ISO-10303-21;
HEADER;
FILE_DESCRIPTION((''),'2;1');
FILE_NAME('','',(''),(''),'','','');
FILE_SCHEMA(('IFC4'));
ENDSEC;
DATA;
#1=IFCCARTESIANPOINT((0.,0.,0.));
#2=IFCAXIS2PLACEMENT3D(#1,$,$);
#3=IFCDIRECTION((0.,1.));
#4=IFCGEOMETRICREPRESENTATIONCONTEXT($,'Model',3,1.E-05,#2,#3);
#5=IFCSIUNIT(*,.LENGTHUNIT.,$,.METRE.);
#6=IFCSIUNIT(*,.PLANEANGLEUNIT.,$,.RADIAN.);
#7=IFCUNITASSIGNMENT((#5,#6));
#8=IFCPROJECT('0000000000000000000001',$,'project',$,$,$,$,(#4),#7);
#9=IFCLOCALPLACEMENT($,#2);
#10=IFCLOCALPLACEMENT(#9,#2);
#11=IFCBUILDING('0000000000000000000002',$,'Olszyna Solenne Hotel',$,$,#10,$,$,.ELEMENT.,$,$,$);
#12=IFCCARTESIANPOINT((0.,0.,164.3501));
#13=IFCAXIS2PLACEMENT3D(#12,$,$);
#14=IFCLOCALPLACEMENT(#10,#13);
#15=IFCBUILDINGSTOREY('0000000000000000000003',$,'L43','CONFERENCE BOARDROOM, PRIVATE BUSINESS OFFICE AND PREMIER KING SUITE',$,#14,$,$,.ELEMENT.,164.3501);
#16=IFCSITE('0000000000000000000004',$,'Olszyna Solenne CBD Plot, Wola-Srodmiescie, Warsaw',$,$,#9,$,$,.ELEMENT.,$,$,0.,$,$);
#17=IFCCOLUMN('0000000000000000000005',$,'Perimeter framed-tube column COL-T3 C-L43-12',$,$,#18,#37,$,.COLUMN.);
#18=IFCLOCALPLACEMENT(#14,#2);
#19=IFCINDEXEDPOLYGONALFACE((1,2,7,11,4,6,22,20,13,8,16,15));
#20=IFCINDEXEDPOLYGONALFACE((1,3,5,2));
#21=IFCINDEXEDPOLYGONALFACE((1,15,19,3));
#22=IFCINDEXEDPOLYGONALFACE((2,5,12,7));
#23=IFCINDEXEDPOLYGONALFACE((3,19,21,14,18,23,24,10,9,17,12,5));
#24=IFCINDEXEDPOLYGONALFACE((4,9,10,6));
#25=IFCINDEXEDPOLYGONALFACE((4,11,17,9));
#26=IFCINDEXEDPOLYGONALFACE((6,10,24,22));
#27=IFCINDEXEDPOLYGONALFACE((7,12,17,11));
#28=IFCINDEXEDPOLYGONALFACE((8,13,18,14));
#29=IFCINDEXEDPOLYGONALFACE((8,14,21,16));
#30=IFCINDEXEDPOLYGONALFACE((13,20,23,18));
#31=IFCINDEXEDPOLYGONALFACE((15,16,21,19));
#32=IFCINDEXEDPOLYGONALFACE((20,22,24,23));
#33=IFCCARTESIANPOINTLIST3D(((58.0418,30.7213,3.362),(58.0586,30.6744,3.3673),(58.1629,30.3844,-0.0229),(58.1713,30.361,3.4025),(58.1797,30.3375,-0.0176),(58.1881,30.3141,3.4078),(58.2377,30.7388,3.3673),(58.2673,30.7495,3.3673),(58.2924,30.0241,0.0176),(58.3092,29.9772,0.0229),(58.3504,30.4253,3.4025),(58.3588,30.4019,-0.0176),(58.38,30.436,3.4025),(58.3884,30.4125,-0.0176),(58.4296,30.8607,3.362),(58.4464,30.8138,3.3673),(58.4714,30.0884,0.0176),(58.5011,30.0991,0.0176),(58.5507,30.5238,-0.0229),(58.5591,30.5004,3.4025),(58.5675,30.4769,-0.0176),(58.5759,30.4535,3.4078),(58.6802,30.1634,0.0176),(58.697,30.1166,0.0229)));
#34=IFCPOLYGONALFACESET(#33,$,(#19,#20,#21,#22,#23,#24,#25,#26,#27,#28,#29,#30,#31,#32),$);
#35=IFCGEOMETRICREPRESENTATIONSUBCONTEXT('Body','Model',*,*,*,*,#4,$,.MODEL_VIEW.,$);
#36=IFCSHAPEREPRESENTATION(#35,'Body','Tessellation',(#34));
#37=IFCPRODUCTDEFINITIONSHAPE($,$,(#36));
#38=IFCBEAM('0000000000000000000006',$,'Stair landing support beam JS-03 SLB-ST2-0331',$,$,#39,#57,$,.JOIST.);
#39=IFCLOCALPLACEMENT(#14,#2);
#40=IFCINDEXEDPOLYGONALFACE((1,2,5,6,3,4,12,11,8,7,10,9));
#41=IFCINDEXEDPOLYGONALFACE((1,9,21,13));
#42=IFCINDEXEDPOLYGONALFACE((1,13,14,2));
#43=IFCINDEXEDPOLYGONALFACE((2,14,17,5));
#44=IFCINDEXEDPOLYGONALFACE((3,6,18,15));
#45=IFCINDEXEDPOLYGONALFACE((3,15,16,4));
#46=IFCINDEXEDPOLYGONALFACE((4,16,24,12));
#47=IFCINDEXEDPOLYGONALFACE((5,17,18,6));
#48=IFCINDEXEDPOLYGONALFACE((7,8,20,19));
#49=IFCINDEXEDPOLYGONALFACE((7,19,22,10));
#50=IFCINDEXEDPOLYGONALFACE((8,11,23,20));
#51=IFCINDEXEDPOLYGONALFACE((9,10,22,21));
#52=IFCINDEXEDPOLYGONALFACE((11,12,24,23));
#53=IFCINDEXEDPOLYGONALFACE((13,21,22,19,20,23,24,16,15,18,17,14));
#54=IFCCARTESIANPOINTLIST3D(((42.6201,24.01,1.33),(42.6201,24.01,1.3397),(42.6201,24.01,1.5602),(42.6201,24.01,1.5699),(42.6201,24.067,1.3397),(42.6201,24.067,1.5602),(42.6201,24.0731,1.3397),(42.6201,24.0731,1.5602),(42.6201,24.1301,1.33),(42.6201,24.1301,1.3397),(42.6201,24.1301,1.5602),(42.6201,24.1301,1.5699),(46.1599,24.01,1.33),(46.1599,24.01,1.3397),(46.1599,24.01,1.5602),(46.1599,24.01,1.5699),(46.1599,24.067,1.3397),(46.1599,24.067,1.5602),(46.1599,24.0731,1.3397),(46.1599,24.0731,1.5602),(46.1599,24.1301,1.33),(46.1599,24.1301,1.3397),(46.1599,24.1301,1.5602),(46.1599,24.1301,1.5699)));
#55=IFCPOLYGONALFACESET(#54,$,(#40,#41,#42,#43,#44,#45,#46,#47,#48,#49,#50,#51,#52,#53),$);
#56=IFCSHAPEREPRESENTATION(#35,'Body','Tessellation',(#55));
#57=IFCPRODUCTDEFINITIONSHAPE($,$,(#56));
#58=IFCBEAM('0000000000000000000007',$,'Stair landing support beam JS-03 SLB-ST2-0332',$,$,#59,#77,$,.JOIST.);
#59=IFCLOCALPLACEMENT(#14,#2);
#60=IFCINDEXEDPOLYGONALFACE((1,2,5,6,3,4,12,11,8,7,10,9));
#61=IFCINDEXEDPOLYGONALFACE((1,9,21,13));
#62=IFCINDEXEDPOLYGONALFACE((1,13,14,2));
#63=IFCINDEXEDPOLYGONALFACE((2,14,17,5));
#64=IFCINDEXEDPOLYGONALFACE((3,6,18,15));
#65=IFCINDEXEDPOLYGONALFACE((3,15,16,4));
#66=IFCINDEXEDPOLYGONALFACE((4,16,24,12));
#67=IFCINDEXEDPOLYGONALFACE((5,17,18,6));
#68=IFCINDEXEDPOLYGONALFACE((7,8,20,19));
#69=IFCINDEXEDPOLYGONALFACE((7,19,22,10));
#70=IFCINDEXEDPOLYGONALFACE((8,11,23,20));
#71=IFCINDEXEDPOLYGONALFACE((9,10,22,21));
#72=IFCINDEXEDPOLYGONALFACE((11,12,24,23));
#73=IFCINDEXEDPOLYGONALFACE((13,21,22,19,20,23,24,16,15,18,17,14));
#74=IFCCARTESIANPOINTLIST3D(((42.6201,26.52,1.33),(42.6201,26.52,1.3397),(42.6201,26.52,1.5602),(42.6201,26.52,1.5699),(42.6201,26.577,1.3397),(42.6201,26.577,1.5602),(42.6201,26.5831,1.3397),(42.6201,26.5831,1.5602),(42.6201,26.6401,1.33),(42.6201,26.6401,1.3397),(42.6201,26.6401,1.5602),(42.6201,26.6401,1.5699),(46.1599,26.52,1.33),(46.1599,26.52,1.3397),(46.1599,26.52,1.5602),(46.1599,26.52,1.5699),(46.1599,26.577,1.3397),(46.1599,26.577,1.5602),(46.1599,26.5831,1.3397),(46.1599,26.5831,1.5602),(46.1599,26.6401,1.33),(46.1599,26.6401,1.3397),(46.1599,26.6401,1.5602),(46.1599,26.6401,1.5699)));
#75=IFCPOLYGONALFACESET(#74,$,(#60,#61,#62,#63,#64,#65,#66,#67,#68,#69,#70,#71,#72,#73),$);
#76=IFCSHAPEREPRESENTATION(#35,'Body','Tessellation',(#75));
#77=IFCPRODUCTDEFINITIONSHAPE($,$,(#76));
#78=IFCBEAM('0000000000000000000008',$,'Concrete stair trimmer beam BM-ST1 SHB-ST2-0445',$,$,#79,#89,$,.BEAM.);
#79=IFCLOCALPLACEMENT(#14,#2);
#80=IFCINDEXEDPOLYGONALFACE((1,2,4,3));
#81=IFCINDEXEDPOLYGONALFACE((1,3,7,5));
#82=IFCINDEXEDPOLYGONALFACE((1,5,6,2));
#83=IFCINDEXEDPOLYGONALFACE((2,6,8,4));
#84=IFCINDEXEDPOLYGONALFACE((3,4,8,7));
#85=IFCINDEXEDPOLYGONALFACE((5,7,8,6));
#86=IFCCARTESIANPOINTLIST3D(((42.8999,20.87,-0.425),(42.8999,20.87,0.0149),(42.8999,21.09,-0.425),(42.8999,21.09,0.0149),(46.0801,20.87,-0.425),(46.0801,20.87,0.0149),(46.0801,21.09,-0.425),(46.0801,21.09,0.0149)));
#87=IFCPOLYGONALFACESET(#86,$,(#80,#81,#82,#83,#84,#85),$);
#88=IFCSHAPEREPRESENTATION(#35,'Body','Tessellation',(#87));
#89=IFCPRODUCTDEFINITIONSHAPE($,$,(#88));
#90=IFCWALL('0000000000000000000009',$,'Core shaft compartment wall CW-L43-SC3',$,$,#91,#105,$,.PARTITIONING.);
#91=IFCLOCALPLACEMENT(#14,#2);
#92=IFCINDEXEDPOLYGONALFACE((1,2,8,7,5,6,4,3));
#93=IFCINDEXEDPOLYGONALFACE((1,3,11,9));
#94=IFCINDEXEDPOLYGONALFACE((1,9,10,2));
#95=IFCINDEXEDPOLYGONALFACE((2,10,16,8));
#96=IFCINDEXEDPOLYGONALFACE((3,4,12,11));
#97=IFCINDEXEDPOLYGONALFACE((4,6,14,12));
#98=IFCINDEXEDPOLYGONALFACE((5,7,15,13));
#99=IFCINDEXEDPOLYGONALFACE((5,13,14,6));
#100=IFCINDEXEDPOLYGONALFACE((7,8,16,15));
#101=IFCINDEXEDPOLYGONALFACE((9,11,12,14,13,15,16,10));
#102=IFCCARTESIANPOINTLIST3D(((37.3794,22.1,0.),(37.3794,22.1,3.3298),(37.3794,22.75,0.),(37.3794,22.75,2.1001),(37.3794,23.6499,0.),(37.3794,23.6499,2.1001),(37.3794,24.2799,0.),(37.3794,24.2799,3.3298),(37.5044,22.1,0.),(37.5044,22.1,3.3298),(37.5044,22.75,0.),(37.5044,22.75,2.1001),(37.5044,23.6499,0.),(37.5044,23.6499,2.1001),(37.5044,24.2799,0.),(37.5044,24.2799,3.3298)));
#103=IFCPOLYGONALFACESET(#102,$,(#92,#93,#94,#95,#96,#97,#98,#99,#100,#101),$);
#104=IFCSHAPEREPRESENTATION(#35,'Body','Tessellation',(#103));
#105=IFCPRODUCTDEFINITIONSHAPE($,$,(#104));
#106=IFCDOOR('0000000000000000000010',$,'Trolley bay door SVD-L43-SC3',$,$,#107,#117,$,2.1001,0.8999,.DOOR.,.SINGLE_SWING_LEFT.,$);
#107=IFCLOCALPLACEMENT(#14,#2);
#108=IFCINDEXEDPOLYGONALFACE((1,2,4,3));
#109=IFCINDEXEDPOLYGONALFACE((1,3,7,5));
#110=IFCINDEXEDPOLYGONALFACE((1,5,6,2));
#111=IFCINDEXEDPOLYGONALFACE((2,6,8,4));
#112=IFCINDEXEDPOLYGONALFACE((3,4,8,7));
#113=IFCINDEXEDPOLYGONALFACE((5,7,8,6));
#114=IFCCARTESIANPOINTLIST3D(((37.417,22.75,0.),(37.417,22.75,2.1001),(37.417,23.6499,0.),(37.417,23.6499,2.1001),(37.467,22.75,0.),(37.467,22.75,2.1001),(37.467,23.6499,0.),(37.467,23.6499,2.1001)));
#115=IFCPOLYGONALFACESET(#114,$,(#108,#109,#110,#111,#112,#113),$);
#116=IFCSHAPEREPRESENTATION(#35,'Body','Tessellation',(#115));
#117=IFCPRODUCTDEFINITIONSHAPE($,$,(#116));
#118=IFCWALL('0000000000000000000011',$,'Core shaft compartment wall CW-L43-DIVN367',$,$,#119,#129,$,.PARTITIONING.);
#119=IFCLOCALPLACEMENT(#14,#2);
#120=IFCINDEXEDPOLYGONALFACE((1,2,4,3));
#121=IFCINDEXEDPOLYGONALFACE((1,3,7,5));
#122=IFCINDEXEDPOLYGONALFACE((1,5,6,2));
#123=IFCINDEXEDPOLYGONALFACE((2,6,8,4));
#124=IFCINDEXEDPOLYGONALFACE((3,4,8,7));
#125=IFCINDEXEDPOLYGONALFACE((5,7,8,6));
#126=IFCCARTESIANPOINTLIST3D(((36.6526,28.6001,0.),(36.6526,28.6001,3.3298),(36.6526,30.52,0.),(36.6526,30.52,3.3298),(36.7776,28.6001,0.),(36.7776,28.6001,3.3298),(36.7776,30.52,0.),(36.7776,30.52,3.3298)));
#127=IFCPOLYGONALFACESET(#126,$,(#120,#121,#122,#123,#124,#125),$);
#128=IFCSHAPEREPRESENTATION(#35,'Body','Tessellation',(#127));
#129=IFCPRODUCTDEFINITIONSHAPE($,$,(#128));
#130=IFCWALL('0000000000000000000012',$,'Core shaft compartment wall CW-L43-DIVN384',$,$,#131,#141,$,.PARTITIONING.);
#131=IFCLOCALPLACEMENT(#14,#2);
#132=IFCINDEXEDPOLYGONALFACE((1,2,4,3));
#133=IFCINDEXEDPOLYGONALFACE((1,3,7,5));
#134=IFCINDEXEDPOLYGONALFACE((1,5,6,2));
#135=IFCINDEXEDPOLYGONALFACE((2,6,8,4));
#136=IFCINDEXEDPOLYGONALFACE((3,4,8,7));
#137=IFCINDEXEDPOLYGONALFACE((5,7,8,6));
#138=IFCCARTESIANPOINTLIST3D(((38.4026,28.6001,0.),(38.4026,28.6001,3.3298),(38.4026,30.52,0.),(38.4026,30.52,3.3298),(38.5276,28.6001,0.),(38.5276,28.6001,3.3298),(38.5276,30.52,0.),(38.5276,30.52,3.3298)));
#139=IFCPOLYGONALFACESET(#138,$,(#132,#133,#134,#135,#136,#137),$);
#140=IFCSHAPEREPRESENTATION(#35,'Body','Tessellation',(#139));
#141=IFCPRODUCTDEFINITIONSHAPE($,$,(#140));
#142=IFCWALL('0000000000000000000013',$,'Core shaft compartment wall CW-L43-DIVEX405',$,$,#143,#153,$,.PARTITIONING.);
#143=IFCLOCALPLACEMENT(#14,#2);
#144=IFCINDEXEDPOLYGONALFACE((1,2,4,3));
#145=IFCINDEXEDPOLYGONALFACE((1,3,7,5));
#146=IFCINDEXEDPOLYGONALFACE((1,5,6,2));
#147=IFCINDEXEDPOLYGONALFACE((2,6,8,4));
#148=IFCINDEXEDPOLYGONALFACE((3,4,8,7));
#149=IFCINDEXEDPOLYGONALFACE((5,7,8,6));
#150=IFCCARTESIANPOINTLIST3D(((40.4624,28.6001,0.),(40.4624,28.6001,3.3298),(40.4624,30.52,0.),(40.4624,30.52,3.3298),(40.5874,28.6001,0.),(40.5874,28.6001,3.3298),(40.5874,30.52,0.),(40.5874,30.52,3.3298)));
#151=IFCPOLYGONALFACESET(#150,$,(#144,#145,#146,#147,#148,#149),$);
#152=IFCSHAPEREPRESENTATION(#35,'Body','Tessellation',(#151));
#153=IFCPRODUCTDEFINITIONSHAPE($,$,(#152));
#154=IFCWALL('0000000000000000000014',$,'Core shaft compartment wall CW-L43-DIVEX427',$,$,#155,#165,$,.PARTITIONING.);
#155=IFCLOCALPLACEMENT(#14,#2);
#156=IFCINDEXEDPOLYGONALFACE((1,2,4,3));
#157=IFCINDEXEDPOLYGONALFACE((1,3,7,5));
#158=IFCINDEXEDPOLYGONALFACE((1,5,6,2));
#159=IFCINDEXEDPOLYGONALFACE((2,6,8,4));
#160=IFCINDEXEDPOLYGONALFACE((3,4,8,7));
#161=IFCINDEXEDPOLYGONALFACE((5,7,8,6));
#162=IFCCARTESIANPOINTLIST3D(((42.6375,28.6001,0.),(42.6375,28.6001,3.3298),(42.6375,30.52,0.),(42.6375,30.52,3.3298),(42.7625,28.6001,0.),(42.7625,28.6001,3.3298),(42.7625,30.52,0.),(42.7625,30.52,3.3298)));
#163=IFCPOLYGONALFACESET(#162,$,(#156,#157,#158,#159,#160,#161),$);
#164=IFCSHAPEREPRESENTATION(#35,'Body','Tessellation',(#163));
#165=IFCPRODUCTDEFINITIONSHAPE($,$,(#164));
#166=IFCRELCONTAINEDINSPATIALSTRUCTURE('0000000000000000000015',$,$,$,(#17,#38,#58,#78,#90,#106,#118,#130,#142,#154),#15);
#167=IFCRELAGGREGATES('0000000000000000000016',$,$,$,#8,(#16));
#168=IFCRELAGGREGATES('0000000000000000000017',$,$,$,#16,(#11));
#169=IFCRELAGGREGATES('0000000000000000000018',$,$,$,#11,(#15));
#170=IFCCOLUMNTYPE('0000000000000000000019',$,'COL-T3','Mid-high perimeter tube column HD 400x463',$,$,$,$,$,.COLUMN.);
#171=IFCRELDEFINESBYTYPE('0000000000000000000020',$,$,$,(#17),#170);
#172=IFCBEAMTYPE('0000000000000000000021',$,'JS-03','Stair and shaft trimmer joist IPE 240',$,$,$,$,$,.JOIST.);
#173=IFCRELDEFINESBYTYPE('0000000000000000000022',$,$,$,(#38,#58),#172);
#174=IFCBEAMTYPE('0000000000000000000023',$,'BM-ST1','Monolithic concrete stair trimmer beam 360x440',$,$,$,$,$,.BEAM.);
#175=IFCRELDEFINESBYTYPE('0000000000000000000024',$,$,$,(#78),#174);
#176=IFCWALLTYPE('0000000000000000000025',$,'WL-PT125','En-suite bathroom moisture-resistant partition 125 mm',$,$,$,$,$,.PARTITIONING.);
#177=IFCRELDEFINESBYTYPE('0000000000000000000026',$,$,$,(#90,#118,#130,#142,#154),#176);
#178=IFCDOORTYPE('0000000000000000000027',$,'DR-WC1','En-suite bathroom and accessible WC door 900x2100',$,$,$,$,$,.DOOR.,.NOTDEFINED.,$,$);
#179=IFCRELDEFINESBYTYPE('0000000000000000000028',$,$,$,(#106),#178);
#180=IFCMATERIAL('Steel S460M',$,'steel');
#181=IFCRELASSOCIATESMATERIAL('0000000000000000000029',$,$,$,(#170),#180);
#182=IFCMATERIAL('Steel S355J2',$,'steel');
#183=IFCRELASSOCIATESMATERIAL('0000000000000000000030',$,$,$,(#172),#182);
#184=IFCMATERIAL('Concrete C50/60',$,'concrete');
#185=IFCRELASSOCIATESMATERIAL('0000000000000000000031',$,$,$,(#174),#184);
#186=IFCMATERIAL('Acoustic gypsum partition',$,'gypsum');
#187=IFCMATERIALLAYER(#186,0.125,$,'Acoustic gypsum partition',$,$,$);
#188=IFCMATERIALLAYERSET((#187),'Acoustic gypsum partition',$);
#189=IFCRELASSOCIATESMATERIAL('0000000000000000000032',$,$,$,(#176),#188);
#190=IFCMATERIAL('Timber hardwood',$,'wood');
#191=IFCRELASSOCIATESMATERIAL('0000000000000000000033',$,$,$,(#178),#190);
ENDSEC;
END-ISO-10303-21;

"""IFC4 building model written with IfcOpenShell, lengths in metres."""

from ifc_helpers import new_model, si_unit, direction, frame, frame_2d, origin, origin_2d, place, context, subcontext, project, spatial, rectangle, i_section, extrude, source, transform, mapped, material, layer, layer_set, material_profile, profile_set, type_object, type_shapes, element, fill, save


model = new_model("IFC4")

# Units and contexts
model_context = context("Model", 3, precision=1e-05, world=origin(), true_north=direction((0.0, 1.0)))
body_context = subcontext(model_context, "Body", "Model", "MODEL_VIEW")
ifc_project = project(units=[si_unit("LENGTHUNIT", "METRE"), si_unit("PLANEANGLEUNIT", "RADIAN")], contexts=[model_context])

# Site, building, storey
site_placement = place(None, origin())
site = spatial("IfcSite", under=ifc_project, at=site_placement, Name="Olszyna Solenne CBD Plot, Wola-Srodmiescie, Warsaw", CompositionType="ELEMENT", RefElevation=0.0)
building_placement = place(site_placement, origin())
building = spatial("IfcBuilding", under=site, at=building_placement, Name="Olszyna Solenne Hotel", CompositionType="ELEMENT")
storey_placement = place(building_placement, frame((0.0, 0.0, 164.3501)))
storey = spatial("IfcBuildingStorey", under=building, at=storey_placement, Name="L43", Description="CONFERENCE BOARDROOM, PRIVATE BUSINESS OFFICE AND PREMIER KING SUITE", CompositionType="ELEMENT", Elevation=164.3501)

# Column
ifc_material_1 = material(Name="Steel S460M", Category="steel")
ifc_material_profile_1 = material_profile(ifc_material_1, i_section(OverallWidth=0.4121, OverallDepth=0.4351, WebThickness=0.0315, FlangeThickness=0.05, at=origin_2d()), Name="HD 400x463", Category="load-bearing")
ifc_profile_set_1 = profile_set([ifc_material_profile_1], Name="Steel S460M")
column_type = type_object("IfcColumnType", Name="COL-T3", Description="Mid-high perimeter tube column HD 400x463", PredefinedType="COLUMN", material=ifc_profile_set_1)
shared_shape_1 = source(origin(), body_context, "Body", "SweptSolid", [
    extrude(i_section(OverallWidth=0.4121, OverallDepth=0.4351, WebThickness=0.0315, FlangeThickness=0.05, at=origin_2d()), origin(), (0.0, 0.0, 1.0), 3.4038),
])
column_placement = place(storey_placement, frame((58.4299, 30.2505, 0.0), z_axis=(-0.035575, 0.098979, 0.994453), x_axis=(-0.941061, -0.338236, 0.0)))
element("IfcColumn", 1, at=column_placement, inside=storey, type_object=column_type, Name="Perimeter framed-tube column COL-T3 C-L43-12", PredefinedType="COLUMN", context=body_context, shape_type="MappedRepresentation", body=[
    mapped(shared_shape_1, transform((0.0, 0.0, 0.0), x_axis=(1.0, 0.0, 0.0), y_axis=(0.0, 1.0, 0.0), z_axis=(0.0, 0.0, 1.0), scale=1.0)),
])

# Beams
ifc_material_2 = material(Name="Steel S355J2", Category="steel")
ifc_material_profile_2 = material_profile(ifc_material_2, i_section(OverallWidth=0.1201, OverallDepth=0.24, WebThickness=0.0061, FlangeThickness=0.0098, at=origin_2d()), Name="IPE 240", Category="load-bearing")
ifc_profile_set_2 = profile_set([ifc_material_profile_2], Name="Steel S355J2")
beam_type_1 = type_object("IfcBeamType", Name="JS-03", Description="Stair and shaft trimmer joist IPE 240", PredefinedType="JOIST", material=ifc_profile_set_2)
shared_shape_2 = source(origin(), body_context, "Body", "SweptSolid", [
    extrude(i_section(OverallWidth=0.1201, OverallDepth=0.24, WebThickness=0.0061, FlangeThickness=0.0098, at=origin_2d()), origin(), (0.0, 0.0, 1.0), 3.5398),
])
for number, where, z_axis, x_axis, name in (
    (2, (46.1599, 24.0701, 1.45), (-1.0, 0.0, 0.0), (0.0, -1.0, 0.0), "Stair landing support beam JS-03 SLB-ST2-0331"),
    (3, (46.1599, 26.5801, 1.45), (-1.0, 0.0, 0.0), (0.0, -1.0, 0.0), "Stair landing support beam JS-03 SLB-ST2-0332"),
):
    element("IfcBeam", number, at=place(storey_placement, frame(where, z_axis=z_axis, x_axis=x_axis)), inside=storey, type_object=beam_type_1, Name=name, PredefinedType="JOIST", context=body_context, shape_type="MappedRepresentation", body=[
        mapped(shared_shape_2, transform((0.0, 0.0, 0.0), x_axis=(1.0, 0.0, 0.0), y_axis=(0.0, 1.0, 0.0), z_axis=(0.0, 0.0, 1.0), scale=1.0)),
    ])
ifc_material_3 = material(Name="Concrete C50/60", Category="concrete")
ifc_material_profile_3 = material_profile(ifc_material_3, rectangle(XDim=0.22, YDim=0.4399, at=origin_2d()), Name="RC 220x440", Category="load-bearing")
ifc_profile_set_3 = profile_set([ifc_material_profile_3], Name="Concrete C50/60")
beam_type_2 = type_object("IfcBeamType", Name="BM-ST1", Description="Monolithic concrete stair trimmer beam 360x440", PredefinedType="BEAM", material=ifc_profile_set_3)
shared_shape_3 = source(origin(), body_context, "Body", "SweptSolid", [
    extrude(rectangle(XDim=0.22, YDim=0.4399, at=origin_2d()), origin(), (0.0, 0.0, 1.0), 3.1802),
])
beam_placement = place(storey_placement, frame((46.0801, 20.98, -0.2051), z_axis=(-1.0, 0.0, 0.0), x_axis=(0.0, -1.0, 0.0)))
element("IfcBeam", 4, at=beam_placement, inside=storey, type_object=beam_type_2, Name="Concrete stair trimmer beam BM-ST1 SHB-ST2-0445", PredefinedType="BEAM", context=body_context, shape_type="MappedRepresentation", body=[
    mapped(shared_shape_3, transform((0.0, 0.0, 0.0), x_axis=(1.0, 0.0, 0.0), y_axis=(0.0, 1.0, 0.0), z_axis=(0.0, 0.0, 1.0), scale=1.0)),
])

# Wall, opening, door
ifc_material_4 = material(Name="Acoustic gypsum partition", Category="gypsum")
ifc_layer_1 = layer(ifc_material_4, 0.125, Name="Acoustic gypsum partition")
ifc_layer_set_1 = layer_set([ifc_layer_1], Name="Acoustic gypsum partition")
wall_type_1 = type_object("IfcWallType", Name="WL-PT125", Description="En-suite bathroom moisture-resistant partition 125 mm", PredefinedType="PARTITIONING", material=ifc_layer_set_1)
wall_1_placement = place(storey_placement, frame((37.4419, 22.1001, 0.0), z_axis=(0.0, 0.0, 1.0), x_axis=(0.0, 1.0, 0.0)))
wall_1 = element("IfcWall", 5, at=wall_1_placement, inside=storey, type_object=wall_type_1, Name="Core shaft compartment wall CW-L43-SC3", PredefinedType="PARTITIONING", context=body_context, shape_type="SweptSolid", body=[
    extrude(rectangle(XDim=2.1799, YDim=0.125, at=frame_2d((1.0898, 0.0))), origin(), (0.0, 0.0, 1.0), 3.3298),
])
opening_1_placement = place(wall_1_placement, frame((0.6499, 0.0, 0.0)))
opening_1 = element("IfcOpeningElement", 6, at=opening_1_placement, cuts=wall_1, PredefinedType="OPENING", context=body_context, shape_type="SweptSolid", body=[
    extrude(rectangle(XDim=0.8999, YDim=2.1001, at=frame_2d((0.45, 1.05))), frame((0.0, 0.0725, 0.0), z_axis=(0.0, -1.0, 0.0), x_axis=(1.0, 0.0, 0.0)), (0.0, 0.0, 1.0), 0.145),
])
ifc_material_5 = material(Name="Timber hardwood", Category="wood")
door_type_1 = type_object("IfcDoorType", Name="DR-WC1", Description="En-suite bathroom and accessible WC door 900x2100", OperationType="NOTDEFINED", PredefinedType="DOOR", material=ifc_material_5)
shared_shape_4 = source(origin(), body_context, "Body", "SweptSolid", [
    extrude(rectangle(XDim=0.8999, YDim=2.1001, at=frame_2d((0.45, 1.05))), frame((0.0, 0.0249, 0.0), z_axis=(0.0, -1.0, 0.0), x_axis=(1.0, 0.0, 0.0)), (0.0, 0.0, 1.0), 0.05),
])
type_shapes(door_type_1, [shared_shape_4])
door_1_placement = place(opening_1_placement, origin())
door_1 = element("IfcDoor", 7, at=door_1_placement, inside=storey, type_object=door_type_1, Name="Trolley bay door SVD-L43-SC3", OperationType="SINGLE_SWING_LEFT", OverallHeight=2.1001, OverallWidth=0.8999, PredefinedType="DOOR", context=body_context, shape_type="MappedRepresentation", body=[
    mapped(shared_shape_4, transform((0.0, 0.0, 0.0), x_axis=(1.0, 0.0, 0.0), y_axis=(0.0, 1.0, 0.0), z_axis=(0.0, 0.0, 1.0), scale=1.0)),
])
fill(opening_1, door_1)

# Walls
for number, where, z_axis, x_axis, name in (
    (8, (36.7151, 28.6001, 0.0), (0.0, 0.0, 1.0), (0.0, 1.0, 0.0), "Core shaft compartment wall CW-L43-DIVN367"),
    (9, (38.4651, 28.6001, 0.0), (0.0, 0.0, 1.0), (0.0, 1.0, 0.0), "Core shaft compartment wall CW-L43-DIVN384"),
    (10, (40.5249, 28.6001, 0.0), (0.0, 0.0, 1.0), (0.0, 1.0, 0.0), "Core shaft compartment wall CW-L43-DIVEX405"),
    (11, (42.7, 28.6001, 0.0), (0.0, 0.0, 1.0), (0.0, 1.0, 0.0), "Core shaft compartment wall CW-L43-DIVEX427"),
):
    element("IfcWall", number, at=place(storey_placement, frame(where, z_axis=z_axis, x_axis=x_axis)), inside=storey, type_object=wall_type_1, Name=name, PredefinedType="PARTITIONING", context=body_context, shape_type="SweptSolid", body=[
        extrude(rectangle(XDim=1.9199, YDim=0.125, at=frame_2d((0.96, 0.0))), origin(), (0.0, 0.0, 1.0), 3.3298),
    ])

save(model, "model.ifc")
